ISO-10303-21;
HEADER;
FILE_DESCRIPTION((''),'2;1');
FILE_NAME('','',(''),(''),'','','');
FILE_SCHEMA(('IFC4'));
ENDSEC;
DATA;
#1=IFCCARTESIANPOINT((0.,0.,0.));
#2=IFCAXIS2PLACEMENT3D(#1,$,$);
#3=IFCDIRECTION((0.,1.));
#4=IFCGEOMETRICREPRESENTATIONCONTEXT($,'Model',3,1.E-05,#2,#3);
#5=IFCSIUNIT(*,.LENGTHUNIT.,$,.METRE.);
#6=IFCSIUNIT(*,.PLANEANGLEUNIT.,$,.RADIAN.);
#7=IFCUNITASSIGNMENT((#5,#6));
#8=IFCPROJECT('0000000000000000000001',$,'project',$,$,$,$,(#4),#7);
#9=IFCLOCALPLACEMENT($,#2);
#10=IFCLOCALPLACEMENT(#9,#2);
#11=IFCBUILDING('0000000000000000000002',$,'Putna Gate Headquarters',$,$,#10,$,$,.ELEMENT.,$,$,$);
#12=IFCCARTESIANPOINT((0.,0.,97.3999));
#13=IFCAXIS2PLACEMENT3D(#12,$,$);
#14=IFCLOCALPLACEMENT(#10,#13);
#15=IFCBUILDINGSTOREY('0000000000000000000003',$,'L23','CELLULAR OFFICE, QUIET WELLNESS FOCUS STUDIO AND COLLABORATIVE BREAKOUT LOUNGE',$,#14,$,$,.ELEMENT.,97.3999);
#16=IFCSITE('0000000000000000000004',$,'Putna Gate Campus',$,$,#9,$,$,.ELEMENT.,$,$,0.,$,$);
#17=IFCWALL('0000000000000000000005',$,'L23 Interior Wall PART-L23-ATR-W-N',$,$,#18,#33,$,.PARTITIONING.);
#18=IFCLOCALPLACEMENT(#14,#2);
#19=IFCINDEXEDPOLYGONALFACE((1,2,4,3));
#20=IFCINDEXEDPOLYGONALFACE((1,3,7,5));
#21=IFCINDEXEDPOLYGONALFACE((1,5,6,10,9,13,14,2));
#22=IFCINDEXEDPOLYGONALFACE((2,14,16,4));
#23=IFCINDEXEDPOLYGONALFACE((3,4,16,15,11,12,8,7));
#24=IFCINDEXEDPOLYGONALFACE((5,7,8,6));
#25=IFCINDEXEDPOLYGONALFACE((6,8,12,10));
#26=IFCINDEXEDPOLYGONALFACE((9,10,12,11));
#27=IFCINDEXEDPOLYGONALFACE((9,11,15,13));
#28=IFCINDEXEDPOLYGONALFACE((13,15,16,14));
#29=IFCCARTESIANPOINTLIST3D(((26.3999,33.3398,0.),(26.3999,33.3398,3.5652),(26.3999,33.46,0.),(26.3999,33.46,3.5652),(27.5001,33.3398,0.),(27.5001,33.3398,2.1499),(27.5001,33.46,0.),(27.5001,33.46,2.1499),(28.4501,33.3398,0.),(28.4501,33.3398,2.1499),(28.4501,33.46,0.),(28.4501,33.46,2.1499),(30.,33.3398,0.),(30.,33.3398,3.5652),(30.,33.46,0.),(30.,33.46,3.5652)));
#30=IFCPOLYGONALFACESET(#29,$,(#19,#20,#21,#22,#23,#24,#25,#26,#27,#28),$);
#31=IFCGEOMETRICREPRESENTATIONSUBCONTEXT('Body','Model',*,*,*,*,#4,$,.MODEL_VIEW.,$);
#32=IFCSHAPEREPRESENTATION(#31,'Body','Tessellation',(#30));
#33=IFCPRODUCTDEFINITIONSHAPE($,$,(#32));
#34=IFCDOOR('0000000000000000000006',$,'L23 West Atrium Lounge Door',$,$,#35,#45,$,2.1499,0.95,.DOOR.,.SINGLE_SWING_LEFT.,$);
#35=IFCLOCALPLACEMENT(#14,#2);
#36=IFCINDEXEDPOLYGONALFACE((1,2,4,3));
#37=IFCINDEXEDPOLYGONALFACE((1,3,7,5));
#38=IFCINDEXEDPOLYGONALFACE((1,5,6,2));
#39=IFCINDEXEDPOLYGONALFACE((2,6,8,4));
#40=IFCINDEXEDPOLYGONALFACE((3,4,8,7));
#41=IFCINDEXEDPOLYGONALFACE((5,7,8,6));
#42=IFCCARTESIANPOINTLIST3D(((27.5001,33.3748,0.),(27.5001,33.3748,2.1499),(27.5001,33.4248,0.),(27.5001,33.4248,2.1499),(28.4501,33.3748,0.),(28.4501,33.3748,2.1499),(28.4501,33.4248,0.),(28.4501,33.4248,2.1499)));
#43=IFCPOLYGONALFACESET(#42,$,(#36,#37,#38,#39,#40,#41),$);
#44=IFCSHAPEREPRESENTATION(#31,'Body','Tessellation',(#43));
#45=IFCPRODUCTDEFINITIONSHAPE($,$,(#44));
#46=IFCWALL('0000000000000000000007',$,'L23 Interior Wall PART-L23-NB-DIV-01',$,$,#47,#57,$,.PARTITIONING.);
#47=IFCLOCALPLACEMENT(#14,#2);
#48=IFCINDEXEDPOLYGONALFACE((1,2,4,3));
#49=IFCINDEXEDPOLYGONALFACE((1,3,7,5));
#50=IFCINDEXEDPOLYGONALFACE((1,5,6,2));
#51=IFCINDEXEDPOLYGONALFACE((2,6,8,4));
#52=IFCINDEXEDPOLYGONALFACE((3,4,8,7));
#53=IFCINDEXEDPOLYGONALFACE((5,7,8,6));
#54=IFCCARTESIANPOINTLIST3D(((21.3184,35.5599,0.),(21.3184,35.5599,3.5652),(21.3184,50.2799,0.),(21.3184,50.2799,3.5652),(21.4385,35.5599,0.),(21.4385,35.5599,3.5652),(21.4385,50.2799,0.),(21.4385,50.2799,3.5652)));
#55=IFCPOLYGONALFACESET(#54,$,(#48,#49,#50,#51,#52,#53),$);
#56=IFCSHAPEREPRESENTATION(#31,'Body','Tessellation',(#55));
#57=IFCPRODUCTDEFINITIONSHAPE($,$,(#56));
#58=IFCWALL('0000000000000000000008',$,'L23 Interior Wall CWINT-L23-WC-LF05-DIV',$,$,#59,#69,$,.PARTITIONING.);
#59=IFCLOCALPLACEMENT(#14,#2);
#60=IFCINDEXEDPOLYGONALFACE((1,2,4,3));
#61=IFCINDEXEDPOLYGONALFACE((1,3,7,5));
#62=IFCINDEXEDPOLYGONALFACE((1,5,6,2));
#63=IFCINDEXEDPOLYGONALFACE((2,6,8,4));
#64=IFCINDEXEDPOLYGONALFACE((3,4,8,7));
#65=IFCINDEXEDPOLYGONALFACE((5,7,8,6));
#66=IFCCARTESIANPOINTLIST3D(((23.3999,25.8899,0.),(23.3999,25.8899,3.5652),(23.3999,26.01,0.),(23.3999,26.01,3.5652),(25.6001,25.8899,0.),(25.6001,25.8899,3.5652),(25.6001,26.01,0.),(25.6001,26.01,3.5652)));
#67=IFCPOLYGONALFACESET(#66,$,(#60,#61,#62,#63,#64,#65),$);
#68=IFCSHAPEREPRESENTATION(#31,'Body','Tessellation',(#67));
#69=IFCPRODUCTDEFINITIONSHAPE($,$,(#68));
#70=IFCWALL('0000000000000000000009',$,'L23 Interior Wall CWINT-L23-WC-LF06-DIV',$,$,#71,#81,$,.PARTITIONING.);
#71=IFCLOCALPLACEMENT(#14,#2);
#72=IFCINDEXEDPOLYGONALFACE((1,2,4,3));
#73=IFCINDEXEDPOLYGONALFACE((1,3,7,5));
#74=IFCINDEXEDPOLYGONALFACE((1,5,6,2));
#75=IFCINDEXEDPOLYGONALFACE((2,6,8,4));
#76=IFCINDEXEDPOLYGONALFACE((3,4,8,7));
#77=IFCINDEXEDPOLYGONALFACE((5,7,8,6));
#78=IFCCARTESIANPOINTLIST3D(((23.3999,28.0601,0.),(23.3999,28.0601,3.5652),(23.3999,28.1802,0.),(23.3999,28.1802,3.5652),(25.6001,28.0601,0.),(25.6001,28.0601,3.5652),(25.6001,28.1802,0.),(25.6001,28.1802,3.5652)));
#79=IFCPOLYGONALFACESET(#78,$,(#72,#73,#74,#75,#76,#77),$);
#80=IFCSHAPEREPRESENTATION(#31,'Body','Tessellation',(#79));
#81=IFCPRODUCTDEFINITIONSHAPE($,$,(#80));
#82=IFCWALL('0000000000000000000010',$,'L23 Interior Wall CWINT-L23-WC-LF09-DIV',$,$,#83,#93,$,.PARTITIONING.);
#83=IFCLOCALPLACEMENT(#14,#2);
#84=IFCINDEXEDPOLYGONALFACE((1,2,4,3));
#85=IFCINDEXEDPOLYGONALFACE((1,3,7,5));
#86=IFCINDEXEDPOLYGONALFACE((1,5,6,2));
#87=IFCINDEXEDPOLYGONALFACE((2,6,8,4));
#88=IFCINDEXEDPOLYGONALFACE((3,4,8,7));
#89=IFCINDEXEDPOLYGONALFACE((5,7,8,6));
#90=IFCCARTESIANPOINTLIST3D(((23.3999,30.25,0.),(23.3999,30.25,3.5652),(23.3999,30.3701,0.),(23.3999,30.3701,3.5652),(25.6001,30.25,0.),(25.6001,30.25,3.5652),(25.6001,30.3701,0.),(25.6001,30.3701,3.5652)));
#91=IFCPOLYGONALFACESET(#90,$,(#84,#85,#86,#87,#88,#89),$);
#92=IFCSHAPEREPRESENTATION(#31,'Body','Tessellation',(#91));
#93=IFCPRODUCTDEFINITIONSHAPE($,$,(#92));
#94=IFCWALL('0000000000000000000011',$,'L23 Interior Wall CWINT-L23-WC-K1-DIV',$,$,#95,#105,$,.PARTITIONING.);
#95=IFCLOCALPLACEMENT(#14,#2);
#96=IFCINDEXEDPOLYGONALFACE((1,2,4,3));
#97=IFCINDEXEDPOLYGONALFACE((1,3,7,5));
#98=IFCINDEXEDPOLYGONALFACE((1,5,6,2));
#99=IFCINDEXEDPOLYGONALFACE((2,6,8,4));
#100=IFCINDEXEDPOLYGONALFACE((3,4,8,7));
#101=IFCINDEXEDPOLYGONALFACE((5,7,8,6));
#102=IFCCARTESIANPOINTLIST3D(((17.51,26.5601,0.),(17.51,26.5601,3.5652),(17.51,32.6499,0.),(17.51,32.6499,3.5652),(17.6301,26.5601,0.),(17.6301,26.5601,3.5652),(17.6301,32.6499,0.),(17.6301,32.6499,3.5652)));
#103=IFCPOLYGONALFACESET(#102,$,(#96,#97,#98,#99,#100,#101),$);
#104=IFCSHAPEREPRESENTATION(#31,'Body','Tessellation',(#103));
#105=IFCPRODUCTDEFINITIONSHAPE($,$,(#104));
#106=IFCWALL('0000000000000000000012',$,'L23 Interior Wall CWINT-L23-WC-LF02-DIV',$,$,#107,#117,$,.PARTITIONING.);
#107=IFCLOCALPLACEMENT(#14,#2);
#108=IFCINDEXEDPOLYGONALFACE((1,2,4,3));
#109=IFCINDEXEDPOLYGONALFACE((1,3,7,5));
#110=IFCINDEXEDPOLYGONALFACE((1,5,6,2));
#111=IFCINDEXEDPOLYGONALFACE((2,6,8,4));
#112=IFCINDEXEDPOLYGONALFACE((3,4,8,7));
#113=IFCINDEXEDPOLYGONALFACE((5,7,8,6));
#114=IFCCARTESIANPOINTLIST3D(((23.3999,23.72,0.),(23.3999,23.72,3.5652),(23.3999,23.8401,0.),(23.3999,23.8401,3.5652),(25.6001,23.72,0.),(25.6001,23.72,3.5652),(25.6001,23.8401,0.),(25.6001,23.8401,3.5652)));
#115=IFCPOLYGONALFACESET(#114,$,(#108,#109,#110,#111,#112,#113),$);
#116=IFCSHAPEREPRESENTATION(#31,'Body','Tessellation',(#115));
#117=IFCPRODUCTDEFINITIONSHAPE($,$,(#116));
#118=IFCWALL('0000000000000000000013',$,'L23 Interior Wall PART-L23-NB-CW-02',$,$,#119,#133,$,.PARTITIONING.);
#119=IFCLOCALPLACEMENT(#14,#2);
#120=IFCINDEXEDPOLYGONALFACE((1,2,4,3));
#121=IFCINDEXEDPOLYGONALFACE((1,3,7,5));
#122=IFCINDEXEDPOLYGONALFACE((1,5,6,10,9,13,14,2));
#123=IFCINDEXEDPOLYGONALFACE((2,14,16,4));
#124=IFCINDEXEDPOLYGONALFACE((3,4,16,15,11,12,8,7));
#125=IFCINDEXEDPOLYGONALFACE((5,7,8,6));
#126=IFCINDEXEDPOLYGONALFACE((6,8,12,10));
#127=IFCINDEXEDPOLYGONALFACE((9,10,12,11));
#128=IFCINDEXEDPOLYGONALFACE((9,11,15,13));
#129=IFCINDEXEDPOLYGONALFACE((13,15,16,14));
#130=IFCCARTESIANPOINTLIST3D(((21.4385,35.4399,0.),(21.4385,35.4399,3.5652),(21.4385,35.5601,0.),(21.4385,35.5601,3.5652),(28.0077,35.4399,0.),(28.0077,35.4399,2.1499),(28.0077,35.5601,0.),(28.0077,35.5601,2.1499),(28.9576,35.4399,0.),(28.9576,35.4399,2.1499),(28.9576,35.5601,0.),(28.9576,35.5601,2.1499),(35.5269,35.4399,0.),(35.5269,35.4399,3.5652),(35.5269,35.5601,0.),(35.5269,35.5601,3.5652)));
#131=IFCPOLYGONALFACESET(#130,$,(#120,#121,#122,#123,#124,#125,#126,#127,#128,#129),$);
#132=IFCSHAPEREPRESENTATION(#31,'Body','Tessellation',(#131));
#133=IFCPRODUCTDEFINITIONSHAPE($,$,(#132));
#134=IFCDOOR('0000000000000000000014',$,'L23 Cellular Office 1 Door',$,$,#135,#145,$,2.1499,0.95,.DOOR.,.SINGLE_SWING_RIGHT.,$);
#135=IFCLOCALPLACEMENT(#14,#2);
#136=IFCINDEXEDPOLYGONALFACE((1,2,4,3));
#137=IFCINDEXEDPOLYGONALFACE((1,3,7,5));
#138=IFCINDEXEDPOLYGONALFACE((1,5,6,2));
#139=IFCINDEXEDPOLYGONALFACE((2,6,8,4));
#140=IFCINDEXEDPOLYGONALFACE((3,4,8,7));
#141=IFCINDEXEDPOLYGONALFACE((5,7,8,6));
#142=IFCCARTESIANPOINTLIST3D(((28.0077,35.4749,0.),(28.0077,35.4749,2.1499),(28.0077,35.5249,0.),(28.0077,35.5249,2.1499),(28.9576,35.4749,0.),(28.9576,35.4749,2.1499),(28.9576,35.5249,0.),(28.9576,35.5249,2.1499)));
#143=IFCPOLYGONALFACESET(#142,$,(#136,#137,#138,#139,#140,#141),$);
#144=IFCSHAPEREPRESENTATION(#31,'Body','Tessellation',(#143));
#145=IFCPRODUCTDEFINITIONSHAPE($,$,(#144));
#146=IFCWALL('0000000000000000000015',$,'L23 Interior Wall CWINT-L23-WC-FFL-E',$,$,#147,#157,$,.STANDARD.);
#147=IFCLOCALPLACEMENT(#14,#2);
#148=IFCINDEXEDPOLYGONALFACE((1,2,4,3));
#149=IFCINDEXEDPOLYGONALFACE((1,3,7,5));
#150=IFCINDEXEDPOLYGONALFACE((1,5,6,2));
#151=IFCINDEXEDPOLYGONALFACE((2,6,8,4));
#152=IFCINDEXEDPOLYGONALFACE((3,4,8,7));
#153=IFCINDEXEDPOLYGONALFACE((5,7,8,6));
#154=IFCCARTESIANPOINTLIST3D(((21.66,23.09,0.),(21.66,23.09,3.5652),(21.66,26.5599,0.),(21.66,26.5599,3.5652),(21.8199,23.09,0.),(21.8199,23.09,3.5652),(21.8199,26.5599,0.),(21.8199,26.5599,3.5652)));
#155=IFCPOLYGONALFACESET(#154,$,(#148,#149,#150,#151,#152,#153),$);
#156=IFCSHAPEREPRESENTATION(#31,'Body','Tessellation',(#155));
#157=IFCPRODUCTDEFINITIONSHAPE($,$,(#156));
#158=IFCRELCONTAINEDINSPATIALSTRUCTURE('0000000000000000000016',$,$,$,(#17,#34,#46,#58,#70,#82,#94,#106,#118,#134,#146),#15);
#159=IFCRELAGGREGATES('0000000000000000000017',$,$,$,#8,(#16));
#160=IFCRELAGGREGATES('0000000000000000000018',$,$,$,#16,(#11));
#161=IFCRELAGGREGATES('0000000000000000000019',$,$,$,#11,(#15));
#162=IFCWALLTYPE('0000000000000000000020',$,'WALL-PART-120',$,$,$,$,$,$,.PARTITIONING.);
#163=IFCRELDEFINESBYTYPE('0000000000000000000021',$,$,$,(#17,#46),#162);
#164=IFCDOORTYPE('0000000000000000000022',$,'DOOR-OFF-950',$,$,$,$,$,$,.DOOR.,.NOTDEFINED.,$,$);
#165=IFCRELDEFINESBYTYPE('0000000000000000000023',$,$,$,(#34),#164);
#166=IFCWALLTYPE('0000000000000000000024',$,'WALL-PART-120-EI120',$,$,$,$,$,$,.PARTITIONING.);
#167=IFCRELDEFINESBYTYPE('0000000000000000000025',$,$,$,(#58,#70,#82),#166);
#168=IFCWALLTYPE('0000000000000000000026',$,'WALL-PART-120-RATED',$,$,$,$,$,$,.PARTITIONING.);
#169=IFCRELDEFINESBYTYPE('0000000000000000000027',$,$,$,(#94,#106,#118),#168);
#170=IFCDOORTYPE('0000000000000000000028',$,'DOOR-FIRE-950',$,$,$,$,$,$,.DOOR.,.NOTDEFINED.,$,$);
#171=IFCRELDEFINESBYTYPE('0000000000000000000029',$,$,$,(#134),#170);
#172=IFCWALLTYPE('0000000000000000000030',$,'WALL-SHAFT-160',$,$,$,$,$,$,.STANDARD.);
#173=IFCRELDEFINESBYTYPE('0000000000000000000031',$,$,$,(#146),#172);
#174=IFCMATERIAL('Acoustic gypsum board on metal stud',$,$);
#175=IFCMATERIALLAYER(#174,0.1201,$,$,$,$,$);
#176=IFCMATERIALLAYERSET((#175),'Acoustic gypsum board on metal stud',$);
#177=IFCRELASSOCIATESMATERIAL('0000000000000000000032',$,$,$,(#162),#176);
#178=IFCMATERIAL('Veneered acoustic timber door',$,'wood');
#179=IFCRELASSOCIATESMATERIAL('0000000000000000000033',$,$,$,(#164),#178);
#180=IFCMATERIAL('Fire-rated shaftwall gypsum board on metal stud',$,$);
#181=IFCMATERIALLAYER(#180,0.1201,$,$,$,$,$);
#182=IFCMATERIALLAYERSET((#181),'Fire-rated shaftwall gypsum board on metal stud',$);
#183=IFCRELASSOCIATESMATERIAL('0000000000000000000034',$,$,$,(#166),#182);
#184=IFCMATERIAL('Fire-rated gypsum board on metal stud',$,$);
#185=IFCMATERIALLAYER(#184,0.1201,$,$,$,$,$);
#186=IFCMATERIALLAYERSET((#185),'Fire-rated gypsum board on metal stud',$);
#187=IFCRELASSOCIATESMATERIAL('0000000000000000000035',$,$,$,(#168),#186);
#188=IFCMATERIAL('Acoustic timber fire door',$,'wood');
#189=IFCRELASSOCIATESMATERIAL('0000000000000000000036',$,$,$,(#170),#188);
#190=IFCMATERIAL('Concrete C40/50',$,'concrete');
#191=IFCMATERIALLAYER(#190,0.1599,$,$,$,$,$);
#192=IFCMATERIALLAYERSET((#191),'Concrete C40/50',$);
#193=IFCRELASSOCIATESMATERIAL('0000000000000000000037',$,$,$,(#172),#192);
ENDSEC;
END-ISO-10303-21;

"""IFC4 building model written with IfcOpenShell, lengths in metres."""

from ifc_helpers import new_model, si_unit, direction, frame, frame_2d, origin, place, context, subcontext, project, spatial, rectangle, extrude, material, layer, layer_set, type_object, element, fill, save


model = new_model("IFC4")

# Units and contexts
model_context = context("Model", 3, precision=1e-05, world=origin(), true_north=direction((0.0, 1.0)))
body_context = subcontext(model_context, "Body", "Model", "MODEL_VIEW")
ifc_project = project(units=[si_unit("LENGTHUNIT", "METRE"), si_unit("PLANEANGLEUNIT", "RADIAN")], contexts=[model_context])

# Site, building, storey
site_placement = place(None, origin())
site = spatial("IfcSite", under=ifc_project, at=site_placement, Name="Putna Gate Campus", CompositionType="ELEMENT", RefElevation=0.0)
building_placement = place(site_placement, origin())
building = spatial("IfcBuilding", under=site, at=building_placement, Name="Putna Gate Headquarters", CompositionType="ELEMENT")
storey_placement = place(building_placement, frame((0.0, 0.0, 97.3999)))
storey = spatial("IfcBuildingStorey", under=building, at=storey_placement, Name="L23", Description="CELLULAR OFFICE, QUIET WELLNESS FOCUS STUDIO AND COLLABORATIVE BREAKOUT LOUNGE", CompositionType="ELEMENT", Elevation=97.3999)

# Wall, opening, door
ifc_material_1 = material(Name="Acoustic gypsum board on metal stud")
ifc_layer_1 = layer(ifc_material_1, 0.1201)
ifc_layer_set_1 = layer_set([ifc_layer_1], Name="Acoustic gypsum board on metal stud")
wall_type_1 = type_object("IfcWallType", Name="WALL-PART-120", PredefinedType="PARTITIONING", material=ifc_layer_set_1)
wall_1_placement = place(storey_placement, frame((26.3999, 33.3999, 0.0), z_axis=(0.0, 0.0, 1.0), x_axis=(1.0, 0.0, 0.0)))
wall_1 = element("IfcWall", 1, at=wall_1_placement, inside=storey, type_object=wall_type_1, Name="L23 Interior Wall PART-L23-ATR-W-N", PredefinedType="PARTITIONING", context=body_context, shape_type="SweptSolid", body=[
    extrude(rectangle(XDim=3.6001, YDim=0.1201, at=frame_2d((1.8, 0.0))), origin(), (0.0, 0.0, 1.0), 3.5652),
])
opening_1_placement = place(wall_1_placement, frame((1.1001, 0.0, 0.0)))
opening_1 = element("IfcOpeningElement", 2, at=opening_1_placement, cuts=wall_1, PredefinedType="OPENING", context=body_context, shape_type="SweptSolid", body=[
    extrude(rectangle(XDim=0.95, YDim=2.1499, at=frame_2d((0.4751, 1.075))), frame((0.0, 0.0701, 0.0), z_axis=(0.0, -1.0, 0.0), x_axis=(1.0, 0.0, 0.0)), (0.0, 0.0, 1.0), 0.1401),
])
ifc_material_2 = material(Name="Veneered acoustic timber door", Category="wood")
door_type_1 = type_object("IfcDoorType", Name="DOOR-OFF-950", OperationType="NOTDEFINED", PredefinedType="DOOR", material=ifc_material_2)
door_1_placement = place(opening_1_placement, origin())
door_1 = element("IfcDoor", 3, at=door_1_placement, inside=storey, type_object=door_type_1, Name="L23 West Atrium Lounge Door", OperationType="SINGLE_SWING_LEFT", OverallHeight=2.1499, OverallWidth=0.95, PredefinedType="DOOR", context=body_context, shape_type="SweptSolid", body=[
    extrude(rectangle(XDim=0.95, YDim=2.1499, at=frame_2d((0.4751, 1.075))), frame((0.0, 0.0249, 0.0), z_axis=(0.0, -1.0, 0.0), x_axis=(1.0, 0.0, 0.0)), (0.0, 0.0, 1.0), 0.05),
])
fill(opening_1, door_1)

# Walls
wall_2_placement = place(storey_placement, frame((21.3784, 35.5601, 0.0), z_axis=(0.0, 0.0, 1.0), x_axis=(0.0, 1.0, 0.0)))
element("IfcWall", 4, at=wall_2_placement, inside=storey, type_object=wall_type_1, Name="L23 Interior Wall PART-L23-NB-DIV-01", PredefinedType="PARTITIONING", context=body_context, shape_type="SweptSolid", body=[
    extrude(rectangle(XDim=14.72, YDim=0.1201, at=frame_2d((7.3599, 0.0))), origin(), (0.0, 0.0, 1.0), 3.5652),
])
ifc_material_3 = material(Name="Fire-rated shaftwall gypsum board on metal stud")
ifc_layer_2 = layer(ifc_material_3, 0.1201)
ifc_layer_set_2 = layer_set([ifc_layer_2], Name="Fire-rated shaftwall gypsum board on metal stud")
wall_type_2 = type_object("IfcWallType", Name="WALL-PART-120-EI120", PredefinedType="PARTITIONING", material=ifc_layer_set_2)
for number, where, z_axis, x_axis, name in (
    (5, (23.3999, 25.95, 0.0), (0.0, 0.0, 1.0), (1.0, 0.0, 0.0), "L23 Interior Wall CWINT-L23-WC-LF05-DIV"),
    (6, (23.3999, 28.1201, 0.0), (0.0, 0.0, 1.0), (1.0, 0.0, 0.0), "L23 Interior Wall CWINT-L23-WC-LF06-DIV"),
    (7, (23.3999, 30.3101, 0.0), (0.0, 0.0, 1.0), (1.0, 0.0, 0.0), "L23 Interior Wall CWINT-L23-WC-LF09-DIV"),
):
    element("IfcWall", number, at=place(storey_placement, frame(where, z_axis=z_axis, x_axis=x_axis)), inside=storey, type_object=wall_type_2, Name=name, PredefinedType="PARTITIONING", context=body_context, shape_type="SweptSolid", body=[
        extrude(rectangle(XDim=2.2002, YDim=0.1201, at=frame_2d((1.1001, 0.0))), origin(), (0.0, 0.0, 1.0), 3.5652),
    ])
ifc_material_4 = material(Name="Fire-rated gypsum board on metal stud")
ifc_layer_3 = layer(ifc_material_4, 0.1201)
ifc_layer_set_3 = layer_set([ifc_layer_3], Name="Fire-rated gypsum board on metal stud")
wall_type_3 = type_object("IfcWallType", Name="WALL-PART-120-RATED", PredefinedType="PARTITIONING", material=ifc_layer_set_3)
wall_3_placement = place(storey_placement, frame((17.5701, 26.5601, 0.0), z_axis=(0.0, 0.0, 1.0), x_axis=(0.0, 1.0, 0.0)))
element("IfcWall", 8, at=wall_3_placement, inside=storey, type_object=wall_type_3, Name="L23 Interior Wall CWINT-L23-WC-K1-DIV", PredefinedType="PARTITIONING", context=body_context, shape_type="SweptSolid", body=[
    extrude(rectangle(XDim=6.0898, YDim=0.1201, at=frame_2d((3.0449, 0.0))), origin(), (0.0, 0.0, 1.0), 3.5652),
])
wall_4_placement = place(storey_placement, frame((23.3999, 23.78, 0.0), z_axis=(0.0, 0.0, 1.0), x_axis=(1.0, 0.0, 0.0)))
element("IfcWall", 9, at=wall_4_placement, inside=storey, type_object=wall_type_3, Name="L23 Interior Wall CWINT-L23-WC-LF02-DIV", PredefinedType="PARTITIONING", context=body_context, shape_type="SweptSolid", body=[
    extrude(rectangle(XDim=2.2002, YDim=0.1201, at=frame_2d((1.1001, 0.0))), origin(), (0.0, 0.0, 1.0), 3.5652),
])

# Wall, opening, door
wall_5_placement = place(storey_placement, frame((21.4385, 35.5, 0.0), z_axis=(0.0, 0.0, 1.0), x_axis=(1.0, 0.0, 0.0)))
wall_5 = element("IfcWall", 10, at=wall_5_placement, inside=storey, type_object=wall_type_3, Name="L23 Interior Wall PART-L23-NB-CW-02", PredefinedType="PARTITIONING", context=body_context, shape_type="SweptSolid", body=[
    extrude(rectangle(XDim=14.0884, YDim=0.1201, at=frame_2d((7.0442, 0.0))), origin(), (0.0, 0.0, 1.0), 3.5652),
])
opening_2_placement = place(wall_5_placement, frame((6.5691, 0.0, 0.0)))
opening_2 = element("IfcOpeningElement", 11, at=opening_2_placement, cuts=wall_5, PredefinedType="OPENING", context=body_context, shape_type="SweptSolid", body=[
    extrude(rectangle(XDim=0.95, YDim=2.1499, at=frame_2d((0.4751, 1.075))), frame((0.0, 0.0701, 0.0), z_axis=(0.0, -1.0, 0.0), x_axis=(1.0, 0.0, 0.0)), (0.0, 0.0, 1.0), 0.1401),
])
ifc_material_5 = material(Name="Acoustic timber fire door", Category="wood")
door_type_2 = type_object("IfcDoorType", Name="DOOR-FIRE-950", OperationType="NOTDEFINED", PredefinedType="DOOR", material=ifc_material_5)
door_2_placement = place(opening_2_placement, origin())
door_2 = element("IfcDoor", 12, at=door_2_placement, inside=storey, type_object=door_type_2, Name="L23 Cellular Office 1 Door", OperationType="SINGLE_SWING_RIGHT", OverallHeight=2.1499, OverallWidth=0.95, PredefinedType="DOOR", context=body_context, shape_type="SweptSolid", body=[
    extrude(rectangle(XDim=0.95, YDim=2.1499, at=frame_2d((0.4751, 1.075))), frame((0.0, 0.0249, 0.0), z_axis=(0.0, -1.0, 0.0), x_axis=(1.0, 0.0, 0.0)), (0.0, 0.0, 1.0), 0.05),
])
fill(opening_2, door_2)

# Wall
ifc_material_6 = material(Name="Concrete C40/50", Category="concrete")
ifc_layer_4 = layer(ifc_material_6, 0.1599)
ifc_layer_set_4 = layer_set([ifc_layer_4], Name="Concrete C40/50")
wall_type_4 = type_object("IfcWallType", Name="WALL-SHAFT-160", PredefinedType="STANDARD", material=ifc_layer_set_4)
wall_6_placement = place(storey_placement, frame((21.74, 23.0901, 0.0), z_axis=(0.0, 0.0, 1.0), x_axis=(0.0, 1.0, 0.0)))
element("IfcWall", 13, at=wall_6_placement, inside=storey, type_object=wall_type_4, Name="L23 Interior Wall CWINT-L23-WC-FFL-E", PredefinedType="STANDARD", context=body_context, shape_type="SweptSolid", body=[
    extrude(rectangle(XDim=3.47, YDim=0.1599, at=frame_2d((1.7349, 0.0))), origin(), (0.0, 0.0, 1.0), 3.5652),
])

save(model, "model.ifc")
